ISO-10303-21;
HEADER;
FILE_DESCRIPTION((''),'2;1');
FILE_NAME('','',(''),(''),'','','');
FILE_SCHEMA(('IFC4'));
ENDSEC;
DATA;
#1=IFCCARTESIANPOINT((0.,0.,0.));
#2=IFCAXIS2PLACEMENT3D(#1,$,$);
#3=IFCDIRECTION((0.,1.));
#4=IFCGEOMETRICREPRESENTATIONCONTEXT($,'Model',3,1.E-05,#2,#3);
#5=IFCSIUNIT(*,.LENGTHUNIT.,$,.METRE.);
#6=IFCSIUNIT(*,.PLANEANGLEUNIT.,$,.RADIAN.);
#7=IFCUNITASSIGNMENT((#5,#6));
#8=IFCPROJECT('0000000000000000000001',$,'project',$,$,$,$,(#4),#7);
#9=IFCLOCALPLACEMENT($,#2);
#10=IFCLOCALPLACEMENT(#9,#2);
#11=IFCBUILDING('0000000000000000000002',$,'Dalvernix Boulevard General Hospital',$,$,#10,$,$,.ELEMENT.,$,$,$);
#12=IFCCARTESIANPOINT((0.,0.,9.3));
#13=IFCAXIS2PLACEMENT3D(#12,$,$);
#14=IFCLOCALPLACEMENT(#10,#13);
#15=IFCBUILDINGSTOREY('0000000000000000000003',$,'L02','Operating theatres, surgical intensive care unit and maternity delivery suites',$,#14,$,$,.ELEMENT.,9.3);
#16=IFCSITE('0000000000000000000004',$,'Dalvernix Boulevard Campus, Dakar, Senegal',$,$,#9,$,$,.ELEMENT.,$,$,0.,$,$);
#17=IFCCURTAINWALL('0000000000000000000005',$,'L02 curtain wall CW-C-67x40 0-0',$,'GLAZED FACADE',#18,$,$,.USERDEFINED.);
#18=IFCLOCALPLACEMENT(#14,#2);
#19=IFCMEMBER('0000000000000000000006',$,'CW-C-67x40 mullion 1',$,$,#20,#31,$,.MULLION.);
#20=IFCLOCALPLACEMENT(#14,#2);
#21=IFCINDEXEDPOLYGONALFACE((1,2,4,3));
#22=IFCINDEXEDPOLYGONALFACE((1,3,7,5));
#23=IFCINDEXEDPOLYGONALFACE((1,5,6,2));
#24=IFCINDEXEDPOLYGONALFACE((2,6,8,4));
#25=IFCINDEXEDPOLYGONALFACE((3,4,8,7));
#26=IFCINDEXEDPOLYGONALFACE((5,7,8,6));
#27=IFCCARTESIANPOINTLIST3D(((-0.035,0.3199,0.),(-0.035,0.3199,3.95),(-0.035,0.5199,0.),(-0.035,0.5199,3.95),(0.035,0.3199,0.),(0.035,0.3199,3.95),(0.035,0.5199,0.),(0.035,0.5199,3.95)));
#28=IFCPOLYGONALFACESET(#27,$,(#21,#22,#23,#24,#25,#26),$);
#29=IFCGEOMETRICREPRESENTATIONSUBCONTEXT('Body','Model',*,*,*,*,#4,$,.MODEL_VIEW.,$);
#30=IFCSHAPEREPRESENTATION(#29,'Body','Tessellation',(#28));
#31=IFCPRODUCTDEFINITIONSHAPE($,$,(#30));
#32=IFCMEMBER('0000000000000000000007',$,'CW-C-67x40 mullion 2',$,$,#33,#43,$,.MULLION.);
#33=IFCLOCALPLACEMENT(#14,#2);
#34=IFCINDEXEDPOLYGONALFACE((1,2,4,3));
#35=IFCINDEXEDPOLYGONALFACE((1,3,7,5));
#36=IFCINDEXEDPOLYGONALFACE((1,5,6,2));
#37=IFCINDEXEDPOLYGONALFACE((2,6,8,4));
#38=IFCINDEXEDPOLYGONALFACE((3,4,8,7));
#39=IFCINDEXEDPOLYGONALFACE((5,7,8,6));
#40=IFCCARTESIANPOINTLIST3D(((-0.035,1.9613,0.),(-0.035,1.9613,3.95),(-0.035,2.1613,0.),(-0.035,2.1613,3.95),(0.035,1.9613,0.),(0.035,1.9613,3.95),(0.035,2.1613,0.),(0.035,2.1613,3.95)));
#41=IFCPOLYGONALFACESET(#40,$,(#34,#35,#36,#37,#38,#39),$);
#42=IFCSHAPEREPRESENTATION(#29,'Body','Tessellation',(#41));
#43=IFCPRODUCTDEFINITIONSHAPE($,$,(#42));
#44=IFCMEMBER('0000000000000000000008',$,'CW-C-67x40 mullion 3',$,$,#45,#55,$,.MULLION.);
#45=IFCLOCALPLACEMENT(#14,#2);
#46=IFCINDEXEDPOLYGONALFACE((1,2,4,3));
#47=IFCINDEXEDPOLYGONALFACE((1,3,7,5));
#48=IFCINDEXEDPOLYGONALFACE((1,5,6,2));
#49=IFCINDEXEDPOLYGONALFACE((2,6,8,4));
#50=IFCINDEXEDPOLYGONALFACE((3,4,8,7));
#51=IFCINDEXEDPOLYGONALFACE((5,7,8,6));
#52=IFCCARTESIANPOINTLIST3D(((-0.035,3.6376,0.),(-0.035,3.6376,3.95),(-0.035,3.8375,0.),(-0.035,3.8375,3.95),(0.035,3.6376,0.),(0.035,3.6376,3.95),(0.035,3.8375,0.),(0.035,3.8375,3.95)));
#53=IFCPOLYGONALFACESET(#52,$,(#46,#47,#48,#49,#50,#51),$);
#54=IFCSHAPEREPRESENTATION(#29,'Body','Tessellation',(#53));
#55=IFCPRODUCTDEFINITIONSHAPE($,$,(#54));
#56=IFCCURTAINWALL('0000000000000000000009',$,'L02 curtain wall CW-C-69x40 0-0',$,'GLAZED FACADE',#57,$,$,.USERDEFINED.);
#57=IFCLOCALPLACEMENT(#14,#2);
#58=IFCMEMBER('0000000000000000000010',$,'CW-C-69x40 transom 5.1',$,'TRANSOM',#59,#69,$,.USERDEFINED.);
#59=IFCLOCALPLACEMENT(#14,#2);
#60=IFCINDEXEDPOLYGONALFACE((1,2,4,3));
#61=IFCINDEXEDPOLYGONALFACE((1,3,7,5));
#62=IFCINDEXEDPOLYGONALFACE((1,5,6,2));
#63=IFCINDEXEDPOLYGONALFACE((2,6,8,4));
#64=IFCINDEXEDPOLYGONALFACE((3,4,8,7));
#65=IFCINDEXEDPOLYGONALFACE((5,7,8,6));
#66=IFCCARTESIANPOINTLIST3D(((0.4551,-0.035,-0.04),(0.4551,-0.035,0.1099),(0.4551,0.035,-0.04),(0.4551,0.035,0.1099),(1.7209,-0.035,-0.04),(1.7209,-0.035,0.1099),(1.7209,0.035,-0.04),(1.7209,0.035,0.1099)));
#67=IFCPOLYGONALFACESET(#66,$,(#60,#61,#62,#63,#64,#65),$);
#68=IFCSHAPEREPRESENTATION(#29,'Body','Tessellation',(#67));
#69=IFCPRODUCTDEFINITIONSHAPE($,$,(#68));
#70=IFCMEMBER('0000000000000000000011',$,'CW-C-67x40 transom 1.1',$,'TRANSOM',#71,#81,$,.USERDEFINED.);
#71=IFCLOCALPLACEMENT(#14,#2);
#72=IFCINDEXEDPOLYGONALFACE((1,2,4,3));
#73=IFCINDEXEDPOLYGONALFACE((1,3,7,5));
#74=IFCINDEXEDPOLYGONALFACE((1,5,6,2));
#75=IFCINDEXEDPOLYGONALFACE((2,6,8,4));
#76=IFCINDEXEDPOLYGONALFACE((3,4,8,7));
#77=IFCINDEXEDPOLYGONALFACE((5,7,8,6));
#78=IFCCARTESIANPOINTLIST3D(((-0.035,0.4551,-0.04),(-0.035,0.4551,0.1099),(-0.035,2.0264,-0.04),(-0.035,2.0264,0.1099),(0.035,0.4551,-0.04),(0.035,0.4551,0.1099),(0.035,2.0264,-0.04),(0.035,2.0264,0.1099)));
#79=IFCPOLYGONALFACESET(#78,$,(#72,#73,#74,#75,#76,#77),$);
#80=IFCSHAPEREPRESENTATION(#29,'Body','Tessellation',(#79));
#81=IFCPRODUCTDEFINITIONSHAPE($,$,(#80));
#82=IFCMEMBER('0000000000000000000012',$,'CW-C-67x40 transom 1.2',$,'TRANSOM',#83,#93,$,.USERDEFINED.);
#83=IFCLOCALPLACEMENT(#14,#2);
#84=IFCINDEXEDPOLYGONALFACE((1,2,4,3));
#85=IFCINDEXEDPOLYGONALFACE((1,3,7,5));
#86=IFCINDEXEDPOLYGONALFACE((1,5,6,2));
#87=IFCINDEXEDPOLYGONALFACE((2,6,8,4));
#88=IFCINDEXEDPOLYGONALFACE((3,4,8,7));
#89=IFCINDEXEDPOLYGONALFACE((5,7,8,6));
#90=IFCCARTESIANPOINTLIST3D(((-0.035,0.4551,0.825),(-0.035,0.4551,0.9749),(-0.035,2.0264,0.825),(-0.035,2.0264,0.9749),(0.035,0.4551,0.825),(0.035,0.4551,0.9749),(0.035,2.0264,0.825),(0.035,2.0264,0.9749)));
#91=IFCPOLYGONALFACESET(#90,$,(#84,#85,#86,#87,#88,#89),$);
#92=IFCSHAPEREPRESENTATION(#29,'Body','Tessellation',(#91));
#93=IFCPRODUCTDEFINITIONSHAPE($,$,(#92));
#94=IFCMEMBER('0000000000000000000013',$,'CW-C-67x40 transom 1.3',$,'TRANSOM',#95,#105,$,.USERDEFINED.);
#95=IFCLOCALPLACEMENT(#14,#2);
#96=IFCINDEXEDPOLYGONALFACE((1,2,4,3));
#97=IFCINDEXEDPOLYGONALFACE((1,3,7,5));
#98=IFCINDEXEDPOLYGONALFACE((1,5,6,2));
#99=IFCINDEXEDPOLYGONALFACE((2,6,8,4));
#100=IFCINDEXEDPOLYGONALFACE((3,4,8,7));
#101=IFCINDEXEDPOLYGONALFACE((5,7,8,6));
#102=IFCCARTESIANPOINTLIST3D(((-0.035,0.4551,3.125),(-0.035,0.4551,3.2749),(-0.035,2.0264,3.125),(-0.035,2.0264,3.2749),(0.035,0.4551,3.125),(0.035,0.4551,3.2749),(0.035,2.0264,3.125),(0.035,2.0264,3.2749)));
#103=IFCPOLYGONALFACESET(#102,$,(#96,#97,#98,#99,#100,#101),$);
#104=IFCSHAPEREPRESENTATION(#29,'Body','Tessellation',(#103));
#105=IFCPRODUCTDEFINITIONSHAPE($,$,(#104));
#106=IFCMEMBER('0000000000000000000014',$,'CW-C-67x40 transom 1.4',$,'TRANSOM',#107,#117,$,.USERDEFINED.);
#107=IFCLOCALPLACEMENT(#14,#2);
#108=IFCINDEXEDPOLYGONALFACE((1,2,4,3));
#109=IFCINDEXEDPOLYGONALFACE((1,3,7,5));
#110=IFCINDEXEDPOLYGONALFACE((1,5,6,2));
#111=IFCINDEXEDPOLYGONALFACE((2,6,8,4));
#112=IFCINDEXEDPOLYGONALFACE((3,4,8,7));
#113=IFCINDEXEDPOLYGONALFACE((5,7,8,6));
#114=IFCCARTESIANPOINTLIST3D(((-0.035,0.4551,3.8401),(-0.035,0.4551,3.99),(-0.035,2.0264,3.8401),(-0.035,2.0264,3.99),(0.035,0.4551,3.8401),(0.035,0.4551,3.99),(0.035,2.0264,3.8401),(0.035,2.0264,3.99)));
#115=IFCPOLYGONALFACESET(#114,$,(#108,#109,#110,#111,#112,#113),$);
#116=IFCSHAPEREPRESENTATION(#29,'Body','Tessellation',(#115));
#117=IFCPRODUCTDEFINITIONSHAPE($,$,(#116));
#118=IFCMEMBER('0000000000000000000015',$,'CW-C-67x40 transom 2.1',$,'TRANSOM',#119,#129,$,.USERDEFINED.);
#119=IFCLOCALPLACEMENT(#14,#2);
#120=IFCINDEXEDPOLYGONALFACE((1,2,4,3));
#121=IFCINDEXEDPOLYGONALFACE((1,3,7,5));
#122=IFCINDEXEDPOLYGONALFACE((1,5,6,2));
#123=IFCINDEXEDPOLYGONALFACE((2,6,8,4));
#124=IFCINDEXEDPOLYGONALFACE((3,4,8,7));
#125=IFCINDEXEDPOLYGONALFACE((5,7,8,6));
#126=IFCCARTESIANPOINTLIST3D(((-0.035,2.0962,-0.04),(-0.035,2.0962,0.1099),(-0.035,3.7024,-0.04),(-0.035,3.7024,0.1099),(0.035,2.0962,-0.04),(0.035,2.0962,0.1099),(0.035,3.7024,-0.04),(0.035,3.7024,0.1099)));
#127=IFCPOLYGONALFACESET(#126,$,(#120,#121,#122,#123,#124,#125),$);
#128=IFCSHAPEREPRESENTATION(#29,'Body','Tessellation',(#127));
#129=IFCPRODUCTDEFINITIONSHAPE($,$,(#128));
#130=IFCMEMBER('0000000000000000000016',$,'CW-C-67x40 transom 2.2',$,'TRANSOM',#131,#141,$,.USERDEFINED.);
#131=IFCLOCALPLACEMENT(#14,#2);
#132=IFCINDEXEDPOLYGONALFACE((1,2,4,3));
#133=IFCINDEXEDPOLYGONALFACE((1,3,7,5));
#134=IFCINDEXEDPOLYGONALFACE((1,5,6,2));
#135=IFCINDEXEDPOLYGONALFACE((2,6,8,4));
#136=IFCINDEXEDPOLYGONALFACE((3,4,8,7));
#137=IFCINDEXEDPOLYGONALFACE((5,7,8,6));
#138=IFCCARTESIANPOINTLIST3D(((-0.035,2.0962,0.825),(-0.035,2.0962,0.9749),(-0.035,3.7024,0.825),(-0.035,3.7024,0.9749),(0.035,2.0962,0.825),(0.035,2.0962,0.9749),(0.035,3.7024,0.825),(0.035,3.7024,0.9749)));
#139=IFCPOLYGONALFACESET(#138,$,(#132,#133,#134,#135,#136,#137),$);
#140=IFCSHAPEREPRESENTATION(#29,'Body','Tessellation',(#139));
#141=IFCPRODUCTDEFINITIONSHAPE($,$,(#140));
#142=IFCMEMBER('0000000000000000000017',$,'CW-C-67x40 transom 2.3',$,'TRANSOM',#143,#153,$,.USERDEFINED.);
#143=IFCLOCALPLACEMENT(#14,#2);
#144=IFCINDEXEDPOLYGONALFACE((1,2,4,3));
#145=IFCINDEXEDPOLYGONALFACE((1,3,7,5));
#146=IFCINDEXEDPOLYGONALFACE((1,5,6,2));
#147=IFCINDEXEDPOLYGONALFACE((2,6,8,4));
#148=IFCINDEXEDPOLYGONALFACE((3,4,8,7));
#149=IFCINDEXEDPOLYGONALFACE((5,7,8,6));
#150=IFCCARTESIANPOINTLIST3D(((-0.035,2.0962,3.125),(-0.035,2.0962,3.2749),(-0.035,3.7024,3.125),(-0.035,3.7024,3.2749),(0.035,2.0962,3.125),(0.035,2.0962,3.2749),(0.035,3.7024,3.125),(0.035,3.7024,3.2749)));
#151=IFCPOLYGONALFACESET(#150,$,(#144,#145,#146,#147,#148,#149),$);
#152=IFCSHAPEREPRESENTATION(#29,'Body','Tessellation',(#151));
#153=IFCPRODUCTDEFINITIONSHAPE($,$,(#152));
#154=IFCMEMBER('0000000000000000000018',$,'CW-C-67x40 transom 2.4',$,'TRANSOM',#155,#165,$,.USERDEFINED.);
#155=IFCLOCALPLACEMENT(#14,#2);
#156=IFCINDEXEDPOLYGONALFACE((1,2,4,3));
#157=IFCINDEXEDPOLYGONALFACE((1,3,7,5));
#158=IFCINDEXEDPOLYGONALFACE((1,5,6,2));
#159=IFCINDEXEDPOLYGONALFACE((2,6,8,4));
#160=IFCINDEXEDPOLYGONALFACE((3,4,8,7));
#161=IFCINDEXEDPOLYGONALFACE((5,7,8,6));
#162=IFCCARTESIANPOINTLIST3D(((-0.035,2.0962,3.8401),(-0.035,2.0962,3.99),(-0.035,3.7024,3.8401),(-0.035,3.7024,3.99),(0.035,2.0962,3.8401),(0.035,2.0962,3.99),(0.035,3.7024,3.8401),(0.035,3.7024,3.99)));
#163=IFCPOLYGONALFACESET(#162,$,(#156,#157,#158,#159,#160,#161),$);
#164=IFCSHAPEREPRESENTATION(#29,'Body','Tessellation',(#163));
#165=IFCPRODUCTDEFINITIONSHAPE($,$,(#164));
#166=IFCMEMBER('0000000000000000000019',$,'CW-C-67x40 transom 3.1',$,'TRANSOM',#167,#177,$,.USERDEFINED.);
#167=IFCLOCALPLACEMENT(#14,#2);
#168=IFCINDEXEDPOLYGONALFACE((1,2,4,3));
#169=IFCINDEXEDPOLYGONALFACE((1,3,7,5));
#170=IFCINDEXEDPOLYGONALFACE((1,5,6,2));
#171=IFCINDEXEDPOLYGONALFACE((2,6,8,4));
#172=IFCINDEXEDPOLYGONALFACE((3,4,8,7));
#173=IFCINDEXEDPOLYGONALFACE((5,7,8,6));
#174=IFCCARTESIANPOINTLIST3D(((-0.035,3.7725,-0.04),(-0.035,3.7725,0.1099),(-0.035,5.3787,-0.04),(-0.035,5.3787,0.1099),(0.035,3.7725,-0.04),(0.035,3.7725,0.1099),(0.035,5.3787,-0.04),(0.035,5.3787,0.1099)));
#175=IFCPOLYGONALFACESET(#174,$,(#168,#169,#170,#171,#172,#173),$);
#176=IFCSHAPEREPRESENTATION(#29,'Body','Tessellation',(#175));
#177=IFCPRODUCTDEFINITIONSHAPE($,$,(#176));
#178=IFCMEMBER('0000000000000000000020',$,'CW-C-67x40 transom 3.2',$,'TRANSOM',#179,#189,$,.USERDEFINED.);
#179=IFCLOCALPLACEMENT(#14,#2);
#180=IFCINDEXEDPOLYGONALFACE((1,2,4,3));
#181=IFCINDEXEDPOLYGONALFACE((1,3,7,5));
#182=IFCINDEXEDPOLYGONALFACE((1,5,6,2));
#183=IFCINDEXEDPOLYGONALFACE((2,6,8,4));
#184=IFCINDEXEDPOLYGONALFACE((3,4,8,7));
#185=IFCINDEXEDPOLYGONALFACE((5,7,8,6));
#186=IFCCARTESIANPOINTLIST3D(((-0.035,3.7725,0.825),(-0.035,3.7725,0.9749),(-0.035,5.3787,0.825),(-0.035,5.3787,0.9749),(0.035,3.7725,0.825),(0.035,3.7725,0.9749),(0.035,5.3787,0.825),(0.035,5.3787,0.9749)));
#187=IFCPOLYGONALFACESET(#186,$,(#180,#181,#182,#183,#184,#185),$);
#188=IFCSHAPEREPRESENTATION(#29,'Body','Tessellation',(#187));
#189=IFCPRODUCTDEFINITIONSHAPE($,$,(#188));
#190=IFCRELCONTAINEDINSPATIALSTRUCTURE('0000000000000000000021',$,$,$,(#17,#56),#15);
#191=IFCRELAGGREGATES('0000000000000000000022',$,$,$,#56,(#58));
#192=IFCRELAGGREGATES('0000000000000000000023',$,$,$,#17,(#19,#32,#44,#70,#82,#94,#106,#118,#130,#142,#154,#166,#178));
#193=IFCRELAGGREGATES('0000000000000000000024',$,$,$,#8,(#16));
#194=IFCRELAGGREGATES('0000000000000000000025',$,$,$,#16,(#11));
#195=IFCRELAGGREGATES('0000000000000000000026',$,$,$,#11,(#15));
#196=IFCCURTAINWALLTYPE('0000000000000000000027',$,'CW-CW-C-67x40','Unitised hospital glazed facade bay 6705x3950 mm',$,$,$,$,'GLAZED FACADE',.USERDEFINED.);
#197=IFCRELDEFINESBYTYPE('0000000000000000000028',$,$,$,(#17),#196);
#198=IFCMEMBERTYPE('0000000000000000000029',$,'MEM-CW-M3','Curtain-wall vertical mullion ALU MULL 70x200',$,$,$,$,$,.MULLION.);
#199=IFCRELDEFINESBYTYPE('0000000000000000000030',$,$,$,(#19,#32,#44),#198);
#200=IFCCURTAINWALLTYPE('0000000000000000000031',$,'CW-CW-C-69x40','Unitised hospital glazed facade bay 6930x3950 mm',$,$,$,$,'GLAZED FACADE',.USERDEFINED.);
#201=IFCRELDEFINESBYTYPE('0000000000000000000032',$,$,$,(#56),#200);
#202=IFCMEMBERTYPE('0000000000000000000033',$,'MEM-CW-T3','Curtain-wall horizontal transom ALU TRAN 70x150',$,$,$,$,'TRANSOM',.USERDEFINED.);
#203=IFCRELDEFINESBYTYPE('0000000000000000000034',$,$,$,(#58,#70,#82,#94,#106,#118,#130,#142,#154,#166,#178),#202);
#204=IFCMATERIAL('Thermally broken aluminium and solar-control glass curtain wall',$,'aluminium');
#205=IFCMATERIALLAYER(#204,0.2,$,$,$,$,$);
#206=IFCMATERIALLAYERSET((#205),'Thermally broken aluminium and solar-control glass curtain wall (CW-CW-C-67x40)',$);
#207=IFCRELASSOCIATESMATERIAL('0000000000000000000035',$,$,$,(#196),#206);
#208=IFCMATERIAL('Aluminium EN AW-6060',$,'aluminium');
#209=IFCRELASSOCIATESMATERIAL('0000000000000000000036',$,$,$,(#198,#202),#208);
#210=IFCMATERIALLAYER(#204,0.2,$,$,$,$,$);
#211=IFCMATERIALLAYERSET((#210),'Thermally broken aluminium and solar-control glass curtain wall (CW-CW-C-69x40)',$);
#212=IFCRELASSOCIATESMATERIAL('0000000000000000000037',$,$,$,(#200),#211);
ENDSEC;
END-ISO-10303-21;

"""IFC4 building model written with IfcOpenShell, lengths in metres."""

from ifc_helpers import new_model, si_unit, direction, frame, origin, origin_2d, place, context, subcontext, project, spatial, rectangle, extrude, material, layer, layer_set, material_profile, profile_set, type_object, element, aggregate, save


model = new_model("IFC4")

# Units and contexts
model_context = context("Model", 3, precision=1e-05, world=origin(), true_north=direction((0.0, 1.0)))
body_context = subcontext(model_context, "Body", "Model", "MODEL_VIEW")
ifc_project = project(units=[si_unit("LENGTHUNIT", "METRE"), si_unit("PLANEANGLEUNIT", "RADIAN")], contexts=[model_context])

# Site, building, storey
site_placement = place(None, origin())
site = spatial("IfcSite", under=ifc_project, at=site_placement, Name="Dalvernix Boulevard Campus, Dakar, Senegal", CompositionType="ELEMENT", RefElevation=0.0)
building_placement = place(site_placement, origin())
building = spatial("IfcBuilding", under=site, at=building_placement, Name="Dalvernix Boulevard General Hospital", CompositionType="ELEMENT")
storey_placement = place(building_placement, frame((0.0, 0.0, 9.3)))
storey = spatial("IfcBuildingStorey", under=building, at=storey_placement, Name="L02", Description="Operating theatres, surgical intensive care unit and maternity delivery suites", CompositionType="ELEMENT", Elevation=9.3)

# Curtain wall, members
ifc_material_1 = material(Name="Thermally broken aluminium and solar-control glass curtain wall", Category="aluminium")
ifc_layer_1 = layer(ifc_material_1, 0.2)
ifc_layer_set_1 = layer_set([ifc_layer_1], Name="Thermally broken aluminium and solar-control glass curtain wall (CW-CW-C-67x40)")
curtain_wall_type_1 = type_object("IfcCurtainWallType", Name="CW-CW-C-67x40", Description="Unitised hospital glazed facade bay 6705x3950 mm", ElementType="GLAZED FACADE", PredefinedType="USERDEFINED", material=ifc_layer_set_1)
curtain_wall_1_placement = place(storey_placement, origin())
curtain_wall_1 = element("IfcCurtainWall", 1, at=curtain_wall_1_placement, inside=storey, type_object=curtain_wall_type_1, Name="L02 curtain wall CW-C-67x40 0-0", ObjectType="GLAZED FACADE", PredefinedType="USERDEFINED")
ifc_material_2 = material(Name="Aluminium EN AW-6060", Category="aluminium")
ifc_material_profile_1 = material_profile(ifc_material_2, rectangle(XDim=0.0701, YDim=0.2, at=origin_2d()), Name="ALU MULL 70x200")
ifc_profile_set_1 = profile_set([ifc_material_profile_1], Name="Aluminium EN AW-6060")
member_type_1 = type_object("IfcMemberType", Name="MEM-CW-M3", Description="Curtain-wall vertical mullion ALU MULL 70x200", PredefinedType="MULLION", material=ifc_profile_set_1)
member_1_placement = place(storey_placement, frame((0.0, 0.4199, 0.0), z_axis=(0.0, 0.0, 1.0), x_axis=(-1.0, 0.0, 0.0)))
member_1 = element("IfcMember", 2, at=member_1_placement, type_object=member_type_1, Name="CW-C-67x40 mullion 1", PredefinedType="MULLION", context=body_context, shape_type="SweptSolid", body=[
    extrude(rectangle(XDim=0.0701, YDim=0.2, at=origin_2d()), origin(), (0.0, 0.0, 1.0), 3.95),
])
member_2_placement = place(storey_placement, frame((0.0, 2.0613, 0.0), z_axis=(0.0, 0.0, 1.0), x_axis=(-1.0, 0.0, 0.0)))
member_2 = element("IfcMember", 3, at=member_2_placement, type_object=member_type_1, Name="CW-C-67x40 mullion 2", PredefinedType="MULLION", context=body_context, shape_type="SweptSolid", body=[
    extrude(rectangle(XDim=0.0701, YDim=0.2, at=origin_2d()), origin(), (0.0, 0.0, 1.0), 3.95),
])
member_3_placement = place(storey_placement, frame((0.0, 3.7375, 0.0), z_axis=(0.0, 0.0, 1.0), x_axis=(-1.0, 0.0, 0.0)))
member_3 = element("IfcMember", 4, at=member_3_placement, type_object=member_type_1, Name="CW-C-67x40 mullion 3", PredefinedType="MULLION", context=body_context, shape_type="SweptSolid", body=[
    extrude(rectangle(XDim=0.0701, YDim=0.2, at=origin_2d()), origin(), (0.0, 0.0, 1.0), 3.95),
])

# Curtain wall, member
ifc_layer_2 = layer(ifc_material_1, 0.2)
ifc_layer_set_2 = layer_set([ifc_layer_2], Name="Thermally broken aluminium and solar-control glass curtain wall (CW-CW-C-69x40)")
curtain_wall_type_2 = type_object("IfcCurtainWallType", Name="CW-CW-C-69x40", Description="Unitised hospital glazed facade bay 6930x3950 mm", ElementType="GLAZED FACADE", PredefinedType="USERDEFINED", material=ifc_layer_set_2)
curtain_wall_2_placement = place(storey_placement, origin())
curtain_wall_2 = element("IfcCurtainWall", 5, at=curtain_wall_2_placement, inside=storey, type_object=curtain_wall_type_2, Name="L02 curtain wall CW-C-69x40 0-0", ObjectType="GLAZED FACADE", PredefinedType="USERDEFINED")
ifc_material_profile_2 = material_profile(ifc_material_2, rectangle(XDim=0.0701, YDim=0.1499, at=origin_2d()), Name="ALU TRAN 70x150")
ifc_profile_set_2 = profile_set([ifc_material_profile_2], Name="Aluminium EN AW-6060")
member_type_2 = type_object("IfcMemberType", Name="MEM-CW-T3", Description="Curtain-wall horizontal transom ALU TRAN 70x150", ElementType="TRANSOM", PredefinedType="USERDEFINED", material=ifc_profile_set_2)
member_4_placement = place(storey_placement, frame((1.7209, 0.0, 0.0349), z_axis=(-1.0, 0.0, 0.0), x_axis=(0.0, -1.0, 0.0)))
member_4 = element("IfcMember", 6, at=member_4_placement, type_object=member_type_2, Name="CW-C-69x40 transom 5.1", ObjectType="TRANSOM", PredefinedType="USERDEFINED", context=body_context, shape_type="SweptSolid", body=[
    extrude(rectangle(XDim=0.0701, YDim=0.1499, at=origin_2d()), origin(), (0.0, 0.0, 1.0), 1.2659),
])

# Members
member_5_placement = place(storey_placement, frame((0.0, 0.4551, 0.0349), z_axis=(0.0, 1.0, 0.0), x_axis=(-1.0, 0.0, 0.0)))
member_5 = element("IfcMember", 7, at=member_5_placement, type_object=member_type_2, Name="CW-C-67x40 transom 1.1", ObjectType="TRANSOM", PredefinedType="USERDEFINED", context=body_context, shape_type="SweptSolid", body=[
    extrude(rectangle(XDim=0.0701, YDim=0.1499, at=origin_2d()), origin(), (0.0, 0.0, 1.0), 1.5713),
])
member_6_placement = place(storey_placement, frame((0.0, 0.4551, 0.8999), z_axis=(0.0, 1.0, 0.0), x_axis=(-1.0, 0.0, 0.0)))
member_6 = element("IfcMember", 8, at=member_6_placement, type_object=member_type_2, Name="CW-C-67x40 transom 1.2", ObjectType="TRANSOM", PredefinedType="USERDEFINED", context=body_context, shape_type="SweptSolid", body=[
    extrude(rectangle(XDim=0.0701, YDim=0.1499, at=origin_2d()), origin(), (0.0, 0.0, 1.0), 1.5713),
])
member_7_placement = place(storey_placement, frame((0.0, 0.4551, 3.2), z_axis=(0.0, 1.0, 0.0), x_axis=(-1.0, 0.0, 0.0)))
member_7 = element("IfcMember", 9, at=member_7_placement, type_object=member_type_2, Name="CW-C-67x40 transom 1.3", ObjectType="TRANSOM", PredefinedType="USERDEFINED", context=body_context, shape_type="SweptSolid", body=[
    extrude(rectangle(XDim=0.0701, YDim=0.1499, at=origin_2d()), origin(), (0.0, 0.0, 1.0), 1.5713),
])
member_8_placement = place(storey_placement, frame((0.0, 0.4551, 3.915), z_axis=(0.0, 1.0, 0.0), x_axis=(-1.0, 0.0, 0.0)))
member_8 = element("IfcMember", 10, at=member_8_placement, type_object=member_type_2, Name="CW-C-67x40 transom 1.4", ObjectType="TRANSOM", PredefinedType="USERDEFINED", context=body_context, shape_type="SweptSolid", body=[
    extrude(rectangle(XDim=0.0701, YDim=0.1499, at=origin_2d()), origin(), (0.0, 0.0, 1.0), 1.5713),
])
member_9_placement = place(storey_placement, frame((0.0, 2.0962, 0.0349), z_axis=(0.0, 1.0, 0.0), x_axis=(-1.0, 0.0, 0.0)))
member_9 = element("IfcMember", 11, at=member_9_placement, type_object=member_type_2, Name="CW-C-67x40 transom 2.1", ObjectType="TRANSOM", PredefinedType="USERDEFINED", context=body_context, shape_type="SweptSolid", body=[
    extrude(rectangle(XDim=0.0701, YDim=0.1499, at=origin_2d()), origin(), (0.0, 0.0, 1.0), 1.6062),
])
member_10_placement = place(storey_placement, frame((0.0, 2.0962, 0.8999), z_axis=(0.0, 1.0, 0.0), x_axis=(-1.0, 0.0, 0.0)))
member_10 = element("IfcMember", 12, at=member_10_placement, type_object=member_type_2, Name="CW-C-67x40 transom 2.2", ObjectType="TRANSOM", PredefinedType="USERDEFINED", context=body_context, shape_type="SweptSolid", body=[
    extrude(rectangle(XDim=0.0701, YDim=0.1499, at=origin_2d()), origin(), (0.0, 0.0, 1.0), 1.6062),
])
member_11_placement = place(storey_placement, frame((0.0, 2.0962, 3.2), z_axis=(0.0, 1.0, 0.0), x_axis=(-1.0, 0.0, 0.0)))
member_11 = element("IfcMember", 13, at=member_11_placement, type_object=member_type_2, Name="CW-C-67x40 transom 2.3", ObjectType="TRANSOM", PredefinedType="USERDEFINED", context=body_context, shape_type="SweptSolid", body=[
    extrude(rectangle(XDim=0.0701, YDim=0.1499, at=origin_2d()), origin(), (0.0, 0.0, 1.0), 1.6062),
])
member_12_placement = place(storey_placement, frame((0.0, 2.0962, 3.915), z_axis=(0.0, 1.0, 0.0), x_axis=(-1.0, 0.0, 0.0)))
member_12 = element("IfcMember", 14, at=member_12_placement, type_object=member_type_2, Name="CW-C-67x40 transom 2.4", ObjectType="TRANSOM", PredefinedType="USERDEFINED", context=body_context, shape_type="SweptSolid", body=[
    extrude(rectangle(XDim=0.0701, YDim=0.1499, at=origin_2d()), origin(), (0.0, 0.0, 1.0), 1.6062),
])
member_13_placement = place(storey_placement, frame((0.0, 3.7725, 0.0349), z_axis=(0.0, 1.0, 0.0), x_axis=(-1.0, 0.0, 0.0)))
member_13 = element("IfcMember", 15, at=member_13_placement, type_object=member_type_2, Name="CW-C-67x40 transom 3.1", ObjectType="TRANSOM", PredefinedType="USERDEFINED", context=body_context, shape_type="SweptSolid", body=[
    extrude(rectangle(XDim=0.0701, YDim=0.1499, at=origin_2d()), origin(), (0.0, 0.0, 1.0), 1.6062),
])
member_14_placement = place(storey_placement, frame((0.0, 3.7725, 0.8999), z_axis=(0.0, 1.0, 0.0), x_axis=(-1.0, 0.0, 0.0)))
member_14 = element("IfcMember", 16, at=member_14_placement, type_object=member_type_2, Name="CW-C-67x40 transom 3.2", ObjectType="TRANSOM", PredefinedType="USERDEFINED", context=body_context, shape_type="SweptSolid", body=[
    extrude(rectangle(XDim=0.0701, YDim=0.1499, at=origin_2d()), origin(), (0.0, 0.0, 1.0), 1.6062),
])

aggregate(curtain_wall_2, [member_4])
aggregate(curtain_wall_1, [member_1, member_2, member_3, member_5, member_6, member_7, member_8, member_9, member_10, member_11, member_12, member_13, member_14])

save(model, "model.ifc")
